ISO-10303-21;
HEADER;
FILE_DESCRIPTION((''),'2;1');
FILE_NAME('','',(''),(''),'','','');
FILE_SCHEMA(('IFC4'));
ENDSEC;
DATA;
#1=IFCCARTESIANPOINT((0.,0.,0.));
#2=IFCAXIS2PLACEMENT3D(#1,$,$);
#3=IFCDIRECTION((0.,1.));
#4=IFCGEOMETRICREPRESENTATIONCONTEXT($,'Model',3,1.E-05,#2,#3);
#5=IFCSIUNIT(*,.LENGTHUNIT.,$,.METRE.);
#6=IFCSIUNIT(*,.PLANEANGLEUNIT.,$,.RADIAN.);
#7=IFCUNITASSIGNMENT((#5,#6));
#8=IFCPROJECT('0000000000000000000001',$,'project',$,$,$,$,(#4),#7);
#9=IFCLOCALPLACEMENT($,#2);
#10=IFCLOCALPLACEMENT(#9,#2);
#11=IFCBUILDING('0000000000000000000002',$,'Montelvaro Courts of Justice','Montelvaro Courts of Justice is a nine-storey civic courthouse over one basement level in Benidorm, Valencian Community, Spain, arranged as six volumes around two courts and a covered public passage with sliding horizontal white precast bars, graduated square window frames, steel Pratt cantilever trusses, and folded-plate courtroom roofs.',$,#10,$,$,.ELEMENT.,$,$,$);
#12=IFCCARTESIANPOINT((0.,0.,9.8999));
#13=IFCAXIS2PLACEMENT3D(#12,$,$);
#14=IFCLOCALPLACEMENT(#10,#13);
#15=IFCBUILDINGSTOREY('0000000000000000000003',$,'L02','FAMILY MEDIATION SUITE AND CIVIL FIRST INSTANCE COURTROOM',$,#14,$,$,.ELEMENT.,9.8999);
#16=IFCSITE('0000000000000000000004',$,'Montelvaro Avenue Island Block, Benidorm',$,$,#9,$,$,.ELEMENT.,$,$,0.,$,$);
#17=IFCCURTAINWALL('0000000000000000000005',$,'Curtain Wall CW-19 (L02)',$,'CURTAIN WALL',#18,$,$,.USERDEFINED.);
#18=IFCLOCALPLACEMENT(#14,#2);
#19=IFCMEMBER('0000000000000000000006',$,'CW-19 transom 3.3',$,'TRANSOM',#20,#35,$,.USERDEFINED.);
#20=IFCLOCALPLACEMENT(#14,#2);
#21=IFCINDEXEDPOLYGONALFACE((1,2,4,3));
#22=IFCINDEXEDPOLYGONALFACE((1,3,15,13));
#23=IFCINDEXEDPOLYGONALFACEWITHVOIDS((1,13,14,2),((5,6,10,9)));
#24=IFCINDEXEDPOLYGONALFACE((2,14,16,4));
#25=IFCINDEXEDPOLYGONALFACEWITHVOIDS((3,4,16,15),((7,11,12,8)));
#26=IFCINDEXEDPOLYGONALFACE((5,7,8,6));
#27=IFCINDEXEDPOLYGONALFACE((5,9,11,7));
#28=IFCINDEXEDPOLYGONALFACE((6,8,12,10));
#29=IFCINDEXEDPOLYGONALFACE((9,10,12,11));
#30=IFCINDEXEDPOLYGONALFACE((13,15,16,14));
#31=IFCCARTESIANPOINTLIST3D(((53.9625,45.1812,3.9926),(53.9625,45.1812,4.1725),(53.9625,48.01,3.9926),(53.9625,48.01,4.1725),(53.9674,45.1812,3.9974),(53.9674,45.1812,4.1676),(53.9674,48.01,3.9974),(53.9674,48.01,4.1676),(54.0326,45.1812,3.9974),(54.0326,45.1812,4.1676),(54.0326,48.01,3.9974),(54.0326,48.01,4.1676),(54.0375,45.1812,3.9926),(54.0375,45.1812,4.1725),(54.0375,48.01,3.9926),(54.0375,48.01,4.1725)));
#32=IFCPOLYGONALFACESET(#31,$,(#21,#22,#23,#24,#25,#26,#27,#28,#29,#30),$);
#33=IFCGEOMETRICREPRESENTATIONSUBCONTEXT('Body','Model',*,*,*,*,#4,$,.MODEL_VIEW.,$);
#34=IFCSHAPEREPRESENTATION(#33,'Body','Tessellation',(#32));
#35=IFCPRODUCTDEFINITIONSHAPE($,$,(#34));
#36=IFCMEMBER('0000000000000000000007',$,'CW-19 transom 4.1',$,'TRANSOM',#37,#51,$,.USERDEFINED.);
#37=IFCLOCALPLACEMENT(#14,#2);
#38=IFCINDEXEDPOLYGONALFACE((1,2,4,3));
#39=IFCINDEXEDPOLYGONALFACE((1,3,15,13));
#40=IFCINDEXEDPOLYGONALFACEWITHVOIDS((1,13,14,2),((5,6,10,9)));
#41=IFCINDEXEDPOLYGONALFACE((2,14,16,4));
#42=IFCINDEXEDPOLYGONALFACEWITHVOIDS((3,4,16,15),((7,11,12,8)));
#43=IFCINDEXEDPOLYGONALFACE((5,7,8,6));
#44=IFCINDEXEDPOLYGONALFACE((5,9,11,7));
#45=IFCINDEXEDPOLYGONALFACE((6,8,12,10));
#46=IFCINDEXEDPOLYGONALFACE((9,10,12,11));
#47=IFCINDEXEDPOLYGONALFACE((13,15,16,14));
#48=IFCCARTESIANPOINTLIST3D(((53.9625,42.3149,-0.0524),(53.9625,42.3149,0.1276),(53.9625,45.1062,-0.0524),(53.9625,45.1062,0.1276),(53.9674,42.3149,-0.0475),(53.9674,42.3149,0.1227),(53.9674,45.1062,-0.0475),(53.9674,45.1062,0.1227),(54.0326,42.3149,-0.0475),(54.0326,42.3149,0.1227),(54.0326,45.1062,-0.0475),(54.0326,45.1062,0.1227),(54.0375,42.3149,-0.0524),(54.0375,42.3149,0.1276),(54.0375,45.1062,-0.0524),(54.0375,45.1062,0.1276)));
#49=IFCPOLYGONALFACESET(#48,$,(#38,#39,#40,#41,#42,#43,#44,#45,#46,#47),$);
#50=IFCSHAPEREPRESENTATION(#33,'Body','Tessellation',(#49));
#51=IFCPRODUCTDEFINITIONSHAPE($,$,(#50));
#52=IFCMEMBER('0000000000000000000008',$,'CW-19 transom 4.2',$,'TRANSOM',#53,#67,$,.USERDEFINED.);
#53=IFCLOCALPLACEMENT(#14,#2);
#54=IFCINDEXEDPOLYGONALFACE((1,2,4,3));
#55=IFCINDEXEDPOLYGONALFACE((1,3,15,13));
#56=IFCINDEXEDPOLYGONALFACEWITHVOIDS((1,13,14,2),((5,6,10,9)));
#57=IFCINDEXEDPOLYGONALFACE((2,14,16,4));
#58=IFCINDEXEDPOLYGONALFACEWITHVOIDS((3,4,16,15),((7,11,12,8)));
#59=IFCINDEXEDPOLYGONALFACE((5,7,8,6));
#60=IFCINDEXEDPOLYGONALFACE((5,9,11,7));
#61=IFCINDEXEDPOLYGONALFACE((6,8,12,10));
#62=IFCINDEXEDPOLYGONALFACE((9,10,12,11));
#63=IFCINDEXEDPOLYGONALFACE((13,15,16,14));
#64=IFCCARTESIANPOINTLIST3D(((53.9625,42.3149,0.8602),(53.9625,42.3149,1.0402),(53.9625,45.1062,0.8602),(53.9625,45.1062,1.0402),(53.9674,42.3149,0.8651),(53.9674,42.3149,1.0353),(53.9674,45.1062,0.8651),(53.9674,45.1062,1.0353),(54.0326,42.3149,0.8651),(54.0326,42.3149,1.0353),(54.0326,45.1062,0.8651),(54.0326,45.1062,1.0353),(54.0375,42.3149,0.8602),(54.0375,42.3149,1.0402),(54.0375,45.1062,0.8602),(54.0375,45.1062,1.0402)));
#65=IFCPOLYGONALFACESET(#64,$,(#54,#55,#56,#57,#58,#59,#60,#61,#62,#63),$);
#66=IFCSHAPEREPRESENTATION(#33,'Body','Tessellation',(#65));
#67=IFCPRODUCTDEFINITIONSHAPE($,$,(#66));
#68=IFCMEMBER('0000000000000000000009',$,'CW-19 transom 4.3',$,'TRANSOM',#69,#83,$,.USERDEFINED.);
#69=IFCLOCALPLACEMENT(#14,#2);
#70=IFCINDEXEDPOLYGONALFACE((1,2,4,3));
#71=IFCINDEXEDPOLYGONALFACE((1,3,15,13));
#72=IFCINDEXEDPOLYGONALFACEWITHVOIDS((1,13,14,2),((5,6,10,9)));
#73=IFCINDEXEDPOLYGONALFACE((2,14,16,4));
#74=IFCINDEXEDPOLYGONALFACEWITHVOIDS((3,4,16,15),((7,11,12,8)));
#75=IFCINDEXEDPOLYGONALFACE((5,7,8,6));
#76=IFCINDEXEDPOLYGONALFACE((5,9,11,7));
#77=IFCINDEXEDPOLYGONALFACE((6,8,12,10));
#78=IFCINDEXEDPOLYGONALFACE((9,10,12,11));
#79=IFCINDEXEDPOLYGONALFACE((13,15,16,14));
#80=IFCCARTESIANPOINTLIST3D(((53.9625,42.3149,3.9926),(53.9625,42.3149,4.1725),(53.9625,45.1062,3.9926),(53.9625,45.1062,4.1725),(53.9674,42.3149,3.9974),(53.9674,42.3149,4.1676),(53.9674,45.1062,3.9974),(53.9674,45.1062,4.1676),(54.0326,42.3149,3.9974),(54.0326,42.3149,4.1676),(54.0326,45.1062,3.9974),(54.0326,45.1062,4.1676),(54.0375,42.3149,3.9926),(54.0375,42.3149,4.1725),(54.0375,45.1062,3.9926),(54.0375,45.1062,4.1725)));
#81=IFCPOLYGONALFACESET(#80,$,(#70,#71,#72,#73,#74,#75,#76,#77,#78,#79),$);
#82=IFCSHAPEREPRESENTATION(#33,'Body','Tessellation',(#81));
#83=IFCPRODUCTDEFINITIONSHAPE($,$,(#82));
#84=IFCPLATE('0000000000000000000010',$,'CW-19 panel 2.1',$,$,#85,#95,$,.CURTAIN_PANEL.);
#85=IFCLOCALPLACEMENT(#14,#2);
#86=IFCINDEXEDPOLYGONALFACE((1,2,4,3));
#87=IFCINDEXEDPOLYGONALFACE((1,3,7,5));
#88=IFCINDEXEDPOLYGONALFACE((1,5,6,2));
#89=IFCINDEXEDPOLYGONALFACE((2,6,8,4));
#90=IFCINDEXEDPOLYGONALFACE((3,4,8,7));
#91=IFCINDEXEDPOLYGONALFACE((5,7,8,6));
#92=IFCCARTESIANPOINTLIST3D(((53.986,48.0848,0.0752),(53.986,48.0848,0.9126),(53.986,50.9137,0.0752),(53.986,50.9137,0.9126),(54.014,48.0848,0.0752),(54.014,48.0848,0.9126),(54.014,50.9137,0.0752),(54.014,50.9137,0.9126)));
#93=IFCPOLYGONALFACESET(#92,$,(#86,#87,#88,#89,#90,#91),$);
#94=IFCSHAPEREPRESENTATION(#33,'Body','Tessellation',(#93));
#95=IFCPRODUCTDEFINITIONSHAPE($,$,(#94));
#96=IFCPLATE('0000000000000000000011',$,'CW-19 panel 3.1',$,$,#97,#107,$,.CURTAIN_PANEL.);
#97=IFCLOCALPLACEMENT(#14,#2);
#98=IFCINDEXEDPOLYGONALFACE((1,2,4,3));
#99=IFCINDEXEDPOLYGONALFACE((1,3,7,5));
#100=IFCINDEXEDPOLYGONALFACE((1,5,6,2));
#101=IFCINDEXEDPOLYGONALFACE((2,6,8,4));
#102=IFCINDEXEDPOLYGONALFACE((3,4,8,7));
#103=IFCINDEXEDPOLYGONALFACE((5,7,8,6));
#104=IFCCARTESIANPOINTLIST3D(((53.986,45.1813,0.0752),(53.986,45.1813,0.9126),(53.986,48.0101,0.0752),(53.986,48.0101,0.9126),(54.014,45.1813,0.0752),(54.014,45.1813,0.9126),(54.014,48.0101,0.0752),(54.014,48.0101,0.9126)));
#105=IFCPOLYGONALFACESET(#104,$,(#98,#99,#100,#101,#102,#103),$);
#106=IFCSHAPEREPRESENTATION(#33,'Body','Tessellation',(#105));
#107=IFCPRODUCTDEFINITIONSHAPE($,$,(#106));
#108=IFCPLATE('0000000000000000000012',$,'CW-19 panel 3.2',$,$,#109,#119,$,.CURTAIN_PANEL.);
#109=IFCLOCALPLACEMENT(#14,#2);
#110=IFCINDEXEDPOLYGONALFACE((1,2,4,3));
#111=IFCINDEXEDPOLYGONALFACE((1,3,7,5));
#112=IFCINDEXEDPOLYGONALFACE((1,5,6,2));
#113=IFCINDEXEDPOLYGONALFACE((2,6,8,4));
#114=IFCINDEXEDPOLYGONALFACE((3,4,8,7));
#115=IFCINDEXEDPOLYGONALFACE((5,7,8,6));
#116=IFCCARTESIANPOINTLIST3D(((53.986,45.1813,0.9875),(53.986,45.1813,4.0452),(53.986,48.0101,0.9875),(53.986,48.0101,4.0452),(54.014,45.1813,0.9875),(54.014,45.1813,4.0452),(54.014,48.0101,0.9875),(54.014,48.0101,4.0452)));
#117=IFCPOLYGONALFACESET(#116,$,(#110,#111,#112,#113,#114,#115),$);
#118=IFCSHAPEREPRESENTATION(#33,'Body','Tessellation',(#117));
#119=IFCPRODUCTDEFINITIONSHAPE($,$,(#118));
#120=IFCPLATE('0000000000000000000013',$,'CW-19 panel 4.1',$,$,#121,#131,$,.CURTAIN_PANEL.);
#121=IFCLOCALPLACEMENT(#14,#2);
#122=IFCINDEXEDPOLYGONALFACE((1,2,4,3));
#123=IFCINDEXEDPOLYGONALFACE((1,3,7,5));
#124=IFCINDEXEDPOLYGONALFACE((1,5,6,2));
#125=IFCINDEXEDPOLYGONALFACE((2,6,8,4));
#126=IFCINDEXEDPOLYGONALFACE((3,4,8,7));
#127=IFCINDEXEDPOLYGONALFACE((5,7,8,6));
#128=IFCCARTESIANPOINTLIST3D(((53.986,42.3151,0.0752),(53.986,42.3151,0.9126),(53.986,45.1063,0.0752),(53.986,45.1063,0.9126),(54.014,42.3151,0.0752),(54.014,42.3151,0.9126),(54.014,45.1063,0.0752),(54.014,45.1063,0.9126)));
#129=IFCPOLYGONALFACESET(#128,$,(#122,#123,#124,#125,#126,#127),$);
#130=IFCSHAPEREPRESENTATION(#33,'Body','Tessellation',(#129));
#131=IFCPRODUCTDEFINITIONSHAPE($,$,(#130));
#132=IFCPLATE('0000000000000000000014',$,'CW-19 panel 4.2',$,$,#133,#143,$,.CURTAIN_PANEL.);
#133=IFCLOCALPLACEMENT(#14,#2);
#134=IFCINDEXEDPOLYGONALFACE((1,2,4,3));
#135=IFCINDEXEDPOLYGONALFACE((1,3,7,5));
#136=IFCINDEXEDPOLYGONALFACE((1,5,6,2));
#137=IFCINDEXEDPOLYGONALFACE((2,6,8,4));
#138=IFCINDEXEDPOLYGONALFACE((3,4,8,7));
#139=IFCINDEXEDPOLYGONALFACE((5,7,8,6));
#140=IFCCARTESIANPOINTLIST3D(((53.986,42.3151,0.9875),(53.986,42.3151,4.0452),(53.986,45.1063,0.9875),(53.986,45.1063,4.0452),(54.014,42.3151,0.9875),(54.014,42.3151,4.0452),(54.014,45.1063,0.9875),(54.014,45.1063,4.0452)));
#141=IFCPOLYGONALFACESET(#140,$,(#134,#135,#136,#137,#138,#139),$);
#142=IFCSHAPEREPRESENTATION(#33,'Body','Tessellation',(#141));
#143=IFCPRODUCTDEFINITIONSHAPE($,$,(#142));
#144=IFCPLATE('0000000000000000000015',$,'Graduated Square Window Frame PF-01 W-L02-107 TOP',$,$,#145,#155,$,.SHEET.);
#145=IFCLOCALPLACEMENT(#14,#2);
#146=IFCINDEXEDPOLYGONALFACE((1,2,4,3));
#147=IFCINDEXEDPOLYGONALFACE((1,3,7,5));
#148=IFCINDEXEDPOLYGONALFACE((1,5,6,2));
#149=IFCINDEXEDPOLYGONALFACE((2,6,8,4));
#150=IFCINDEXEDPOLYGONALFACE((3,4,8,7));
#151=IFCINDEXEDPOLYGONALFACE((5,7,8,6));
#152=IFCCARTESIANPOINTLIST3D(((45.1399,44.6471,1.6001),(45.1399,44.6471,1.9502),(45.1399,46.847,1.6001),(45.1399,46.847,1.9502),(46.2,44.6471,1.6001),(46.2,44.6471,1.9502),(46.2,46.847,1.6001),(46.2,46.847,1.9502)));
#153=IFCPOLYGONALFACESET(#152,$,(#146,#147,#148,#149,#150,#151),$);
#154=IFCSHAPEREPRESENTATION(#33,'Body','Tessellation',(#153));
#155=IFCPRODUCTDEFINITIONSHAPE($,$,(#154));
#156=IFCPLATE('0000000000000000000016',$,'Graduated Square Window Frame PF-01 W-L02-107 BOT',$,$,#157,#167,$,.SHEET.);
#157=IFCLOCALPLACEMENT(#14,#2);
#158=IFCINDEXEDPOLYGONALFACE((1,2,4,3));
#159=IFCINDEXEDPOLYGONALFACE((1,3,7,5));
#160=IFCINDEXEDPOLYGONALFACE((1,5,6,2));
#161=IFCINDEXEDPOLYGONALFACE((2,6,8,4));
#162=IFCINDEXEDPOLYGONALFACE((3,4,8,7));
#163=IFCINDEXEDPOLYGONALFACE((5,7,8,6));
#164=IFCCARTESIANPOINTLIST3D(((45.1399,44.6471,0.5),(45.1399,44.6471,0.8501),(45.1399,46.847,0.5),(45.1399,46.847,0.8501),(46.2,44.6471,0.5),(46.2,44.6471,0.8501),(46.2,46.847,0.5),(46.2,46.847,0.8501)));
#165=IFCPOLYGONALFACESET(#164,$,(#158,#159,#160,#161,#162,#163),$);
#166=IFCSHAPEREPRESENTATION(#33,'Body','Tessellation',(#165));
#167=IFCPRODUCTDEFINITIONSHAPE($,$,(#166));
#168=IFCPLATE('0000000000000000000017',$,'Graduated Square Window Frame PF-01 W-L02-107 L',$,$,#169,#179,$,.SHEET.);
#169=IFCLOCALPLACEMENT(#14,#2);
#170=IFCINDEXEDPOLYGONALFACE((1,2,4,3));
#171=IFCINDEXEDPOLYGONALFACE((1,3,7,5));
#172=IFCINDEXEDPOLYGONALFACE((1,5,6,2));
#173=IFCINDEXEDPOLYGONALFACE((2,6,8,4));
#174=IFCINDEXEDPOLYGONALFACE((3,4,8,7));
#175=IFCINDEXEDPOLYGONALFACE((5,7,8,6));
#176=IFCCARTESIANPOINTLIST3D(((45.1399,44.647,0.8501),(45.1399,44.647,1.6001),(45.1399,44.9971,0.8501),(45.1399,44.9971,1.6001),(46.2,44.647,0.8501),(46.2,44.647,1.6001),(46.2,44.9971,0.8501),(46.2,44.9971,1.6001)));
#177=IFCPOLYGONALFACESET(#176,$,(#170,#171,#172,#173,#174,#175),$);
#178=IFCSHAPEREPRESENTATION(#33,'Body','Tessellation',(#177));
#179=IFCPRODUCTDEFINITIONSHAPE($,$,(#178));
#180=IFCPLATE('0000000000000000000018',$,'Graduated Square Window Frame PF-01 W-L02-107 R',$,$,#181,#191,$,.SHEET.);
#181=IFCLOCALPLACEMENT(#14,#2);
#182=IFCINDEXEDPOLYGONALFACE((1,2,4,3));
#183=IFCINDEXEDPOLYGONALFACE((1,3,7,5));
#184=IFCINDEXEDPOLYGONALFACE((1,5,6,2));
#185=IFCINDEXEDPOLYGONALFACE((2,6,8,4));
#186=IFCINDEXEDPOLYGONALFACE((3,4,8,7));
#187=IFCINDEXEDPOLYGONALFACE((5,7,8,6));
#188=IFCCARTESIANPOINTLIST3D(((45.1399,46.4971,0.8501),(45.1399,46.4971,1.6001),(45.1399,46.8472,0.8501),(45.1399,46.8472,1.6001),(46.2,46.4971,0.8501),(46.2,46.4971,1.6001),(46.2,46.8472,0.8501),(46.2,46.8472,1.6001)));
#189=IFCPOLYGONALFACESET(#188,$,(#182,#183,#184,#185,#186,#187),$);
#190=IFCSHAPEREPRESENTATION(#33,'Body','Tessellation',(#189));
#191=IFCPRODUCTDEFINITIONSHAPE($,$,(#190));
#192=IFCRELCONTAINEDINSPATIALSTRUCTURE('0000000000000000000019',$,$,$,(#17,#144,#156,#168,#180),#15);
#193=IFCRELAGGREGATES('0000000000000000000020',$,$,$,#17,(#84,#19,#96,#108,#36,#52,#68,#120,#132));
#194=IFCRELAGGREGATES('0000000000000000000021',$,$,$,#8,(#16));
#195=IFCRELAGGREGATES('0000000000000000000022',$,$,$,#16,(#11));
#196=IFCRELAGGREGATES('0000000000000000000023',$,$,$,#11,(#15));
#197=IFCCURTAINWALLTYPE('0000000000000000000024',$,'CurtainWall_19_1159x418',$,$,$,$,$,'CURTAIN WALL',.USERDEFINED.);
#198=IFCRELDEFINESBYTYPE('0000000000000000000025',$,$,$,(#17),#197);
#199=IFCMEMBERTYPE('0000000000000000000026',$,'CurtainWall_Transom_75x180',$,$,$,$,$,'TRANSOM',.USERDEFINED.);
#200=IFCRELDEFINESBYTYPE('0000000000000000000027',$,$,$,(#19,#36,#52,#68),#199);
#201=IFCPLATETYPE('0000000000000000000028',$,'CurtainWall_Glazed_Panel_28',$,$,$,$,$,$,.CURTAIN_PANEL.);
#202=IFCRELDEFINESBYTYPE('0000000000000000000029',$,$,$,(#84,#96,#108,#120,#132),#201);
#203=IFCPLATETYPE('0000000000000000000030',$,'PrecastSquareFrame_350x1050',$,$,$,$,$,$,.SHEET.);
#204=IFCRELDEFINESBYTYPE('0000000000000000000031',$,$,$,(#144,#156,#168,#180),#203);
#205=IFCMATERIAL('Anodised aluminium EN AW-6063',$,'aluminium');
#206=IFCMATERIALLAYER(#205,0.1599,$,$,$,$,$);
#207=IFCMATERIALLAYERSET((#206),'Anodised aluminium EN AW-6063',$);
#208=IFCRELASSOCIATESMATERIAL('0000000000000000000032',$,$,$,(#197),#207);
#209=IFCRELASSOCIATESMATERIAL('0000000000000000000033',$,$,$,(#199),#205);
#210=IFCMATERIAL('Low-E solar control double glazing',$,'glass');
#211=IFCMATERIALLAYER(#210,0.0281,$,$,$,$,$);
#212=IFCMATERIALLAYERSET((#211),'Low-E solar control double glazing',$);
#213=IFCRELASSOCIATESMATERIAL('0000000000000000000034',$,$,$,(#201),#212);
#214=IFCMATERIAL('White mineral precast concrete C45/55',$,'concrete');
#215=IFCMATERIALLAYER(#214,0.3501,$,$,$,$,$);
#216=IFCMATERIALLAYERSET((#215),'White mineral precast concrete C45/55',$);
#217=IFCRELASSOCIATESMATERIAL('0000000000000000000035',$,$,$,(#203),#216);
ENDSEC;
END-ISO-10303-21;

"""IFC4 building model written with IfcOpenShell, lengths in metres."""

from ifc_helpers import new_model, si_unit, direction, frame, origin, origin_2d, place, context, subcontext, project, spatial, rectangle, hollow_rectangle, extrude, material, layer, layer_set, material_profile, profile_set, type_object, element, aggregate, save


model = new_model("IFC4")

# Units and contexts
model_context = context("Model", 3, precision=1e-05, world=origin(), true_north=direction((0.0, 1.0)))
body_context = subcontext(model_context, "Body", "Model", "MODEL_VIEW")
ifc_project = project(units=[si_unit("LENGTHUNIT", "METRE"), si_unit("PLANEANGLEUNIT", "RADIAN")], contexts=[model_context])

# Site, building, storey
site_placement = place(None, origin())
site = spatial("IfcSite", under=ifc_project, at=site_placement, Name="Montelvaro Avenue Island Block, Benidorm", CompositionType="ELEMENT", RefElevation=0.0)
building_placement = place(site_placement, origin())
building = spatial("IfcBuilding", under=site, at=building_placement, Name="Montelvaro Courts of Justice", Description="Montelvaro Courts of Justice is a nine-storey civic courthouse over one basement level in Benidorm, Valencian Community, Spain, arranged as six volumes around two courts and a covered public passage with sliding horizontal white precast bars, graduated square window frames, steel Pratt cantilever trusses, and folded-plate courtroom roofs.", CompositionType="ELEMENT")
storey_placement = place(building_placement, frame((0.0, 0.0, 9.8999)))
storey = spatial("IfcBuildingStorey", under=building, at=storey_placement, Name="L02", Description="FAMILY MEDIATION SUITE AND CIVIL FIRST INSTANCE COURTROOM", CompositionType="ELEMENT", Elevation=9.8999)

# Shared definitions
ifc_material_1 = material(Name="Anodised aluminium EN AW-6063", Category="aluminium")

# Curtain wall
ifc_layer_1 = layer(ifc_material_1, 0.1599)
ifc_layer_set_1 = layer_set([ifc_layer_1], Name="Anodised aluminium EN AW-6063")
curtain_wall_type_1 = type_object("IfcCurtainWallType", Name="CurtainWall_19_1159x418", ElementType="CURTAIN WALL", PredefinedType="USERDEFINED", material=ifc_layer_set_1)
curtain_wall_1_placement = place(storey_placement, origin())
curtain_wall_1 = element("IfcCurtainWall", 1, at=curtain_wall_1_placement, inside=storey, type_object=curtain_wall_type_1, Name="Curtain Wall CW-19 (L02)", ObjectType="CURTAIN WALL", PredefinedType="USERDEFINED")

# Members
ifc_material_profile_1 = material_profile(ifc_material_1, hollow_rectangle(XDim=0.075, YDim=0.1799, WallThickness=0.0049, at=origin_2d()), Name="ALU-T 75x180")
ifc_profile_set_1 = profile_set([ifc_material_profile_1], Name="Anodised aluminium EN AW-6063")
member_type_1 = type_object("IfcMemberType", Name="CurtainWall_Transom_75x180", ElementType="TRANSOM", PredefinedType="USERDEFINED", material=ifc_profile_set_1)
member_1_placement = place(storey_placement, frame((54.0, 48.01, 4.0825), z_axis=(0.0, -1.0, 0.0), x_axis=(1.0, 0.0, 0.0)))
member_1 = element("IfcMember", 2, at=member_1_placement, type_object=member_type_1, Name="CW-19 transom 3.3", ObjectType="TRANSOM", PredefinedType="USERDEFINED", context=body_context, shape_type="SweptSolid", body=[
    extrude(hollow_rectangle(XDim=0.075, YDim=0.1799, WallThickness=0.0049, at=origin_2d()), origin(), (0.0, 0.0, 1.0), 2.8289),
])
member_2_placement = place(storey_placement, frame((54.0, 45.1062, 0.0376), z_axis=(0.0, -1.0, 0.0), x_axis=(1.0, 0.0, 0.0)))
member_2 = element("IfcMember", 3, at=member_2_placement, type_object=member_type_1, Name="CW-19 transom 4.1", ObjectType="TRANSOM", PredefinedType="USERDEFINED", context=body_context, shape_type="SweptSolid", body=[
    extrude(hollow_rectangle(XDim=0.075, YDim=0.1799, WallThickness=0.0049, at=origin_2d()), origin(), (0.0, 0.0, 1.0), 2.7913),
])
member_3_placement = place(storey_placement, frame((54.0, 45.1062, 0.9502), z_axis=(0.0, -1.0, 0.0), x_axis=(1.0, 0.0, 0.0)))
member_3 = element("IfcMember", 4, at=member_3_placement, type_object=member_type_1, Name="CW-19 transom 4.2", ObjectType="TRANSOM", PredefinedType="USERDEFINED", context=body_context, shape_type="SweptSolid", body=[
    extrude(hollow_rectangle(XDim=0.075, YDim=0.1799, WallThickness=0.0049, at=origin_2d()), origin(), (0.0, 0.0, 1.0), 2.7913),
])
member_4_placement = place(storey_placement, frame((54.0, 45.1062, 4.0825), z_axis=(0.0, -1.0, 0.0), x_axis=(1.0, 0.0, 0.0)))
member_4 = element("IfcMember", 5, at=member_4_placement, type_object=member_type_1, Name="CW-19 transom 4.3", ObjectType="TRANSOM", PredefinedType="USERDEFINED", context=body_context, shape_type="SweptSolid", body=[
    extrude(hollow_rectangle(XDim=0.075, YDim=0.1799, WallThickness=0.0049, at=origin_2d()), origin(), (0.0, 0.0, 1.0), 2.7913),
])

# Plates
ifc_material_2 = material(Name="Low-E solar control double glazing", Category="glass")
ifc_layer_2 = layer(ifc_material_2, 0.0281)
ifc_layer_set_2 = layer_set([ifc_layer_2], Name="Low-E solar control double glazing")
plate_type_1 = type_object("IfcPlateType", Name="CurtainWall_Glazed_Panel_28", PredefinedType="CURTAIN_PANEL", material=ifc_layer_set_2)
plate_1_placement = place(storey_placement, frame((54.0, 49.4993, 0.0752), z_axis=(0.0, 0.0, 1.0), x_axis=(0.0, -1.0, 0.0)))
plate_1 = element("IfcPlate", 6, at=plate_1_placement, type_object=plate_type_1, Name="CW-19 panel 2.1", PredefinedType="CURTAIN_PANEL", context=body_context, shape_type="SweptSolid", body=[
    extrude(rectangle(XDim=2.8289, YDim=0.0281, at=origin_2d()), origin(), (0.0, 0.0, 1.0), 0.8374),
])
plate_2_placement = place(storey_placement, frame((54.0, 46.5957, 0.0752), z_axis=(0.0, 0.0, 1.0), x_axis=(0.0, -1.0, 0.0)))
plate_2 = element("IfcPlate", 7, at=plate_2_placement, type_object=plate_type_1, Name="CW-19 panel 3.1", PredefinedType="CURTAIN_PANEL", context=body_context, shape_type="SweptSolid", body=[
    extrude(rectangle(XDim=2.8289, YDim=0.0281, at=origin_2d()), origin(), (0.0, 0.0, 1.0), 0.8374),
])
plate_3_placement = place(storey_placement, frame((54.0, 46.5957, 0.9875), z_axis=(0.0, 0.0, 1.0), x_axis=(0.0, -1.0, 0.0)))
plate_3 = element("IfcPlate", 8, at=plate_3_placement, type_object=plate_type_1, Name="CW-19 panel 3.2", PredefinedType="CURTAIN_PANEL", context=body_context, shape_type="SweptSolid", body=[
    extrude(rectangle(XDim=2.8289, YDim=0.0281, at=origin_2d()), origin(), (0.0, 0.0, 1.0), 3.0576),
])
plate_4_placement = place(storey_placement, frame((54.0, 43.7107, 0.0752), z_axis=(0.0, 0.0, 1.0), x_axis=(0.0, -1.0, 0.0)))
plate_4 = element("IfcPlate", 9, at=plate_4_placement, type_object=plate_type_1, Name="CW-19 panel 4.1", PredefinedType="CURTAIN_PANEL", context=body_context, shape_type="SweptSolid", body=[
    extrude(rectangle(XDim=2.7913, YDim=0.0281, at=origin_2d()), origin(), (0.0, 0.0, 1.0), 0.8374),
])
plate_5_placement = place(storey_placement, frame((54.0, 43.7107, 0.9875), z_axis=(0.0, 0.0, 1.0), x_axis=(0.0, -1.0, 0.0)))
plate_5 = element("IfcPlate", 10, at=plate_5_placement, type_object=plate_type_1, Name="CW-19 panel 4.2", PredefinedType="CURTAIN_PANEL", context=body_context, shape_type="SweptSolid", body=[
    extrude(rectangle(XDim=2.7913, YDim=0.0281, at=origin_2d()), origin(), (0.0, 0.0, 1.0), 3.0576),
])
aggregate(curtain_wall_1, [plate_1, member_1, plate_2, plate_3, member_2, member_3, member_4, plate_4, plate_5])

# Plates
ifc_material_3 = material(Name="White mineral precast concrete C45/55", Category="concrete")
ifc_layer_3 = layer(ifc_material_3, 0.3501)
ifc_layer_set_3 = layer_set([ifc_layer_3], Name="White mineral precast concrete C45/55")
plate_type_2 = type_object("IfcPlateType", Name="PrecastSquareFrame_350x1050", PredefinedType="SHEET", material=ifc_layer_set_3)
for number, where, z_axis, x_axis, name in (
    (11, (45.6699, 45.7471, 1.6001), (0.0, 0.0, 1.0), (0.0, 1.0, 0.0), "Graduated Square Window Frame PF-01 W-L02-107 TOP"),
    (12, (45.6699, 45.7471, 0.5), (0.0, 0.0, 1.0), (0.0, 1.0, 0.0), "Graduated Square Window Frame PF-01 W-L02-107 BOT"),
):
    element("IfcPlate", number, at=place(storey_placement, frame(where, z_axis=z_axis, x_axis=x_axis)), inside=storey, type_object=plate_type_2, Name=name, PredefinedType="SHEET", context=body_context, shape_type="SweptSolid", body=[
        extrude(rectangle(XDim=2.2, YDim=1.0601, at=origin_2d()), origin(), (0.0, 0.0, 1.0), 0.3501),
    ])
for number, where, z_axis, x_axis, name in (
    (13, (45.6699, 44.822, 0.8501), (0.0, 0.0, 1.0), (0.0, 1.0, 0.0), "Graduated Square Window Frame PF-01 W-L02-107 L"),
    (14, (45.6699, 46.6721, 0.8501), (0.0, 0.0, 1.0), (0.0, 1.0, 0.0), "Graduated Square Window Frame PF-01 W-L02-107 R"),
):
    element("IfcPlate", number, at=place(storey_placement, frame(where, z_axis=z_axis, x_axis=x_axis)), inside=storey, type_object=plate_type_2, Name=name, PredefinedType="SHEET", context=body_context, shape_type="SweptSolid", body=[
        extrude(rectangle(XDim=0.3501, YDim=1.0601, at=origin_2d()), origin(), (0.0, 0.0, 1.0), 0.75),
    ])

save(model, "model.ifc")
